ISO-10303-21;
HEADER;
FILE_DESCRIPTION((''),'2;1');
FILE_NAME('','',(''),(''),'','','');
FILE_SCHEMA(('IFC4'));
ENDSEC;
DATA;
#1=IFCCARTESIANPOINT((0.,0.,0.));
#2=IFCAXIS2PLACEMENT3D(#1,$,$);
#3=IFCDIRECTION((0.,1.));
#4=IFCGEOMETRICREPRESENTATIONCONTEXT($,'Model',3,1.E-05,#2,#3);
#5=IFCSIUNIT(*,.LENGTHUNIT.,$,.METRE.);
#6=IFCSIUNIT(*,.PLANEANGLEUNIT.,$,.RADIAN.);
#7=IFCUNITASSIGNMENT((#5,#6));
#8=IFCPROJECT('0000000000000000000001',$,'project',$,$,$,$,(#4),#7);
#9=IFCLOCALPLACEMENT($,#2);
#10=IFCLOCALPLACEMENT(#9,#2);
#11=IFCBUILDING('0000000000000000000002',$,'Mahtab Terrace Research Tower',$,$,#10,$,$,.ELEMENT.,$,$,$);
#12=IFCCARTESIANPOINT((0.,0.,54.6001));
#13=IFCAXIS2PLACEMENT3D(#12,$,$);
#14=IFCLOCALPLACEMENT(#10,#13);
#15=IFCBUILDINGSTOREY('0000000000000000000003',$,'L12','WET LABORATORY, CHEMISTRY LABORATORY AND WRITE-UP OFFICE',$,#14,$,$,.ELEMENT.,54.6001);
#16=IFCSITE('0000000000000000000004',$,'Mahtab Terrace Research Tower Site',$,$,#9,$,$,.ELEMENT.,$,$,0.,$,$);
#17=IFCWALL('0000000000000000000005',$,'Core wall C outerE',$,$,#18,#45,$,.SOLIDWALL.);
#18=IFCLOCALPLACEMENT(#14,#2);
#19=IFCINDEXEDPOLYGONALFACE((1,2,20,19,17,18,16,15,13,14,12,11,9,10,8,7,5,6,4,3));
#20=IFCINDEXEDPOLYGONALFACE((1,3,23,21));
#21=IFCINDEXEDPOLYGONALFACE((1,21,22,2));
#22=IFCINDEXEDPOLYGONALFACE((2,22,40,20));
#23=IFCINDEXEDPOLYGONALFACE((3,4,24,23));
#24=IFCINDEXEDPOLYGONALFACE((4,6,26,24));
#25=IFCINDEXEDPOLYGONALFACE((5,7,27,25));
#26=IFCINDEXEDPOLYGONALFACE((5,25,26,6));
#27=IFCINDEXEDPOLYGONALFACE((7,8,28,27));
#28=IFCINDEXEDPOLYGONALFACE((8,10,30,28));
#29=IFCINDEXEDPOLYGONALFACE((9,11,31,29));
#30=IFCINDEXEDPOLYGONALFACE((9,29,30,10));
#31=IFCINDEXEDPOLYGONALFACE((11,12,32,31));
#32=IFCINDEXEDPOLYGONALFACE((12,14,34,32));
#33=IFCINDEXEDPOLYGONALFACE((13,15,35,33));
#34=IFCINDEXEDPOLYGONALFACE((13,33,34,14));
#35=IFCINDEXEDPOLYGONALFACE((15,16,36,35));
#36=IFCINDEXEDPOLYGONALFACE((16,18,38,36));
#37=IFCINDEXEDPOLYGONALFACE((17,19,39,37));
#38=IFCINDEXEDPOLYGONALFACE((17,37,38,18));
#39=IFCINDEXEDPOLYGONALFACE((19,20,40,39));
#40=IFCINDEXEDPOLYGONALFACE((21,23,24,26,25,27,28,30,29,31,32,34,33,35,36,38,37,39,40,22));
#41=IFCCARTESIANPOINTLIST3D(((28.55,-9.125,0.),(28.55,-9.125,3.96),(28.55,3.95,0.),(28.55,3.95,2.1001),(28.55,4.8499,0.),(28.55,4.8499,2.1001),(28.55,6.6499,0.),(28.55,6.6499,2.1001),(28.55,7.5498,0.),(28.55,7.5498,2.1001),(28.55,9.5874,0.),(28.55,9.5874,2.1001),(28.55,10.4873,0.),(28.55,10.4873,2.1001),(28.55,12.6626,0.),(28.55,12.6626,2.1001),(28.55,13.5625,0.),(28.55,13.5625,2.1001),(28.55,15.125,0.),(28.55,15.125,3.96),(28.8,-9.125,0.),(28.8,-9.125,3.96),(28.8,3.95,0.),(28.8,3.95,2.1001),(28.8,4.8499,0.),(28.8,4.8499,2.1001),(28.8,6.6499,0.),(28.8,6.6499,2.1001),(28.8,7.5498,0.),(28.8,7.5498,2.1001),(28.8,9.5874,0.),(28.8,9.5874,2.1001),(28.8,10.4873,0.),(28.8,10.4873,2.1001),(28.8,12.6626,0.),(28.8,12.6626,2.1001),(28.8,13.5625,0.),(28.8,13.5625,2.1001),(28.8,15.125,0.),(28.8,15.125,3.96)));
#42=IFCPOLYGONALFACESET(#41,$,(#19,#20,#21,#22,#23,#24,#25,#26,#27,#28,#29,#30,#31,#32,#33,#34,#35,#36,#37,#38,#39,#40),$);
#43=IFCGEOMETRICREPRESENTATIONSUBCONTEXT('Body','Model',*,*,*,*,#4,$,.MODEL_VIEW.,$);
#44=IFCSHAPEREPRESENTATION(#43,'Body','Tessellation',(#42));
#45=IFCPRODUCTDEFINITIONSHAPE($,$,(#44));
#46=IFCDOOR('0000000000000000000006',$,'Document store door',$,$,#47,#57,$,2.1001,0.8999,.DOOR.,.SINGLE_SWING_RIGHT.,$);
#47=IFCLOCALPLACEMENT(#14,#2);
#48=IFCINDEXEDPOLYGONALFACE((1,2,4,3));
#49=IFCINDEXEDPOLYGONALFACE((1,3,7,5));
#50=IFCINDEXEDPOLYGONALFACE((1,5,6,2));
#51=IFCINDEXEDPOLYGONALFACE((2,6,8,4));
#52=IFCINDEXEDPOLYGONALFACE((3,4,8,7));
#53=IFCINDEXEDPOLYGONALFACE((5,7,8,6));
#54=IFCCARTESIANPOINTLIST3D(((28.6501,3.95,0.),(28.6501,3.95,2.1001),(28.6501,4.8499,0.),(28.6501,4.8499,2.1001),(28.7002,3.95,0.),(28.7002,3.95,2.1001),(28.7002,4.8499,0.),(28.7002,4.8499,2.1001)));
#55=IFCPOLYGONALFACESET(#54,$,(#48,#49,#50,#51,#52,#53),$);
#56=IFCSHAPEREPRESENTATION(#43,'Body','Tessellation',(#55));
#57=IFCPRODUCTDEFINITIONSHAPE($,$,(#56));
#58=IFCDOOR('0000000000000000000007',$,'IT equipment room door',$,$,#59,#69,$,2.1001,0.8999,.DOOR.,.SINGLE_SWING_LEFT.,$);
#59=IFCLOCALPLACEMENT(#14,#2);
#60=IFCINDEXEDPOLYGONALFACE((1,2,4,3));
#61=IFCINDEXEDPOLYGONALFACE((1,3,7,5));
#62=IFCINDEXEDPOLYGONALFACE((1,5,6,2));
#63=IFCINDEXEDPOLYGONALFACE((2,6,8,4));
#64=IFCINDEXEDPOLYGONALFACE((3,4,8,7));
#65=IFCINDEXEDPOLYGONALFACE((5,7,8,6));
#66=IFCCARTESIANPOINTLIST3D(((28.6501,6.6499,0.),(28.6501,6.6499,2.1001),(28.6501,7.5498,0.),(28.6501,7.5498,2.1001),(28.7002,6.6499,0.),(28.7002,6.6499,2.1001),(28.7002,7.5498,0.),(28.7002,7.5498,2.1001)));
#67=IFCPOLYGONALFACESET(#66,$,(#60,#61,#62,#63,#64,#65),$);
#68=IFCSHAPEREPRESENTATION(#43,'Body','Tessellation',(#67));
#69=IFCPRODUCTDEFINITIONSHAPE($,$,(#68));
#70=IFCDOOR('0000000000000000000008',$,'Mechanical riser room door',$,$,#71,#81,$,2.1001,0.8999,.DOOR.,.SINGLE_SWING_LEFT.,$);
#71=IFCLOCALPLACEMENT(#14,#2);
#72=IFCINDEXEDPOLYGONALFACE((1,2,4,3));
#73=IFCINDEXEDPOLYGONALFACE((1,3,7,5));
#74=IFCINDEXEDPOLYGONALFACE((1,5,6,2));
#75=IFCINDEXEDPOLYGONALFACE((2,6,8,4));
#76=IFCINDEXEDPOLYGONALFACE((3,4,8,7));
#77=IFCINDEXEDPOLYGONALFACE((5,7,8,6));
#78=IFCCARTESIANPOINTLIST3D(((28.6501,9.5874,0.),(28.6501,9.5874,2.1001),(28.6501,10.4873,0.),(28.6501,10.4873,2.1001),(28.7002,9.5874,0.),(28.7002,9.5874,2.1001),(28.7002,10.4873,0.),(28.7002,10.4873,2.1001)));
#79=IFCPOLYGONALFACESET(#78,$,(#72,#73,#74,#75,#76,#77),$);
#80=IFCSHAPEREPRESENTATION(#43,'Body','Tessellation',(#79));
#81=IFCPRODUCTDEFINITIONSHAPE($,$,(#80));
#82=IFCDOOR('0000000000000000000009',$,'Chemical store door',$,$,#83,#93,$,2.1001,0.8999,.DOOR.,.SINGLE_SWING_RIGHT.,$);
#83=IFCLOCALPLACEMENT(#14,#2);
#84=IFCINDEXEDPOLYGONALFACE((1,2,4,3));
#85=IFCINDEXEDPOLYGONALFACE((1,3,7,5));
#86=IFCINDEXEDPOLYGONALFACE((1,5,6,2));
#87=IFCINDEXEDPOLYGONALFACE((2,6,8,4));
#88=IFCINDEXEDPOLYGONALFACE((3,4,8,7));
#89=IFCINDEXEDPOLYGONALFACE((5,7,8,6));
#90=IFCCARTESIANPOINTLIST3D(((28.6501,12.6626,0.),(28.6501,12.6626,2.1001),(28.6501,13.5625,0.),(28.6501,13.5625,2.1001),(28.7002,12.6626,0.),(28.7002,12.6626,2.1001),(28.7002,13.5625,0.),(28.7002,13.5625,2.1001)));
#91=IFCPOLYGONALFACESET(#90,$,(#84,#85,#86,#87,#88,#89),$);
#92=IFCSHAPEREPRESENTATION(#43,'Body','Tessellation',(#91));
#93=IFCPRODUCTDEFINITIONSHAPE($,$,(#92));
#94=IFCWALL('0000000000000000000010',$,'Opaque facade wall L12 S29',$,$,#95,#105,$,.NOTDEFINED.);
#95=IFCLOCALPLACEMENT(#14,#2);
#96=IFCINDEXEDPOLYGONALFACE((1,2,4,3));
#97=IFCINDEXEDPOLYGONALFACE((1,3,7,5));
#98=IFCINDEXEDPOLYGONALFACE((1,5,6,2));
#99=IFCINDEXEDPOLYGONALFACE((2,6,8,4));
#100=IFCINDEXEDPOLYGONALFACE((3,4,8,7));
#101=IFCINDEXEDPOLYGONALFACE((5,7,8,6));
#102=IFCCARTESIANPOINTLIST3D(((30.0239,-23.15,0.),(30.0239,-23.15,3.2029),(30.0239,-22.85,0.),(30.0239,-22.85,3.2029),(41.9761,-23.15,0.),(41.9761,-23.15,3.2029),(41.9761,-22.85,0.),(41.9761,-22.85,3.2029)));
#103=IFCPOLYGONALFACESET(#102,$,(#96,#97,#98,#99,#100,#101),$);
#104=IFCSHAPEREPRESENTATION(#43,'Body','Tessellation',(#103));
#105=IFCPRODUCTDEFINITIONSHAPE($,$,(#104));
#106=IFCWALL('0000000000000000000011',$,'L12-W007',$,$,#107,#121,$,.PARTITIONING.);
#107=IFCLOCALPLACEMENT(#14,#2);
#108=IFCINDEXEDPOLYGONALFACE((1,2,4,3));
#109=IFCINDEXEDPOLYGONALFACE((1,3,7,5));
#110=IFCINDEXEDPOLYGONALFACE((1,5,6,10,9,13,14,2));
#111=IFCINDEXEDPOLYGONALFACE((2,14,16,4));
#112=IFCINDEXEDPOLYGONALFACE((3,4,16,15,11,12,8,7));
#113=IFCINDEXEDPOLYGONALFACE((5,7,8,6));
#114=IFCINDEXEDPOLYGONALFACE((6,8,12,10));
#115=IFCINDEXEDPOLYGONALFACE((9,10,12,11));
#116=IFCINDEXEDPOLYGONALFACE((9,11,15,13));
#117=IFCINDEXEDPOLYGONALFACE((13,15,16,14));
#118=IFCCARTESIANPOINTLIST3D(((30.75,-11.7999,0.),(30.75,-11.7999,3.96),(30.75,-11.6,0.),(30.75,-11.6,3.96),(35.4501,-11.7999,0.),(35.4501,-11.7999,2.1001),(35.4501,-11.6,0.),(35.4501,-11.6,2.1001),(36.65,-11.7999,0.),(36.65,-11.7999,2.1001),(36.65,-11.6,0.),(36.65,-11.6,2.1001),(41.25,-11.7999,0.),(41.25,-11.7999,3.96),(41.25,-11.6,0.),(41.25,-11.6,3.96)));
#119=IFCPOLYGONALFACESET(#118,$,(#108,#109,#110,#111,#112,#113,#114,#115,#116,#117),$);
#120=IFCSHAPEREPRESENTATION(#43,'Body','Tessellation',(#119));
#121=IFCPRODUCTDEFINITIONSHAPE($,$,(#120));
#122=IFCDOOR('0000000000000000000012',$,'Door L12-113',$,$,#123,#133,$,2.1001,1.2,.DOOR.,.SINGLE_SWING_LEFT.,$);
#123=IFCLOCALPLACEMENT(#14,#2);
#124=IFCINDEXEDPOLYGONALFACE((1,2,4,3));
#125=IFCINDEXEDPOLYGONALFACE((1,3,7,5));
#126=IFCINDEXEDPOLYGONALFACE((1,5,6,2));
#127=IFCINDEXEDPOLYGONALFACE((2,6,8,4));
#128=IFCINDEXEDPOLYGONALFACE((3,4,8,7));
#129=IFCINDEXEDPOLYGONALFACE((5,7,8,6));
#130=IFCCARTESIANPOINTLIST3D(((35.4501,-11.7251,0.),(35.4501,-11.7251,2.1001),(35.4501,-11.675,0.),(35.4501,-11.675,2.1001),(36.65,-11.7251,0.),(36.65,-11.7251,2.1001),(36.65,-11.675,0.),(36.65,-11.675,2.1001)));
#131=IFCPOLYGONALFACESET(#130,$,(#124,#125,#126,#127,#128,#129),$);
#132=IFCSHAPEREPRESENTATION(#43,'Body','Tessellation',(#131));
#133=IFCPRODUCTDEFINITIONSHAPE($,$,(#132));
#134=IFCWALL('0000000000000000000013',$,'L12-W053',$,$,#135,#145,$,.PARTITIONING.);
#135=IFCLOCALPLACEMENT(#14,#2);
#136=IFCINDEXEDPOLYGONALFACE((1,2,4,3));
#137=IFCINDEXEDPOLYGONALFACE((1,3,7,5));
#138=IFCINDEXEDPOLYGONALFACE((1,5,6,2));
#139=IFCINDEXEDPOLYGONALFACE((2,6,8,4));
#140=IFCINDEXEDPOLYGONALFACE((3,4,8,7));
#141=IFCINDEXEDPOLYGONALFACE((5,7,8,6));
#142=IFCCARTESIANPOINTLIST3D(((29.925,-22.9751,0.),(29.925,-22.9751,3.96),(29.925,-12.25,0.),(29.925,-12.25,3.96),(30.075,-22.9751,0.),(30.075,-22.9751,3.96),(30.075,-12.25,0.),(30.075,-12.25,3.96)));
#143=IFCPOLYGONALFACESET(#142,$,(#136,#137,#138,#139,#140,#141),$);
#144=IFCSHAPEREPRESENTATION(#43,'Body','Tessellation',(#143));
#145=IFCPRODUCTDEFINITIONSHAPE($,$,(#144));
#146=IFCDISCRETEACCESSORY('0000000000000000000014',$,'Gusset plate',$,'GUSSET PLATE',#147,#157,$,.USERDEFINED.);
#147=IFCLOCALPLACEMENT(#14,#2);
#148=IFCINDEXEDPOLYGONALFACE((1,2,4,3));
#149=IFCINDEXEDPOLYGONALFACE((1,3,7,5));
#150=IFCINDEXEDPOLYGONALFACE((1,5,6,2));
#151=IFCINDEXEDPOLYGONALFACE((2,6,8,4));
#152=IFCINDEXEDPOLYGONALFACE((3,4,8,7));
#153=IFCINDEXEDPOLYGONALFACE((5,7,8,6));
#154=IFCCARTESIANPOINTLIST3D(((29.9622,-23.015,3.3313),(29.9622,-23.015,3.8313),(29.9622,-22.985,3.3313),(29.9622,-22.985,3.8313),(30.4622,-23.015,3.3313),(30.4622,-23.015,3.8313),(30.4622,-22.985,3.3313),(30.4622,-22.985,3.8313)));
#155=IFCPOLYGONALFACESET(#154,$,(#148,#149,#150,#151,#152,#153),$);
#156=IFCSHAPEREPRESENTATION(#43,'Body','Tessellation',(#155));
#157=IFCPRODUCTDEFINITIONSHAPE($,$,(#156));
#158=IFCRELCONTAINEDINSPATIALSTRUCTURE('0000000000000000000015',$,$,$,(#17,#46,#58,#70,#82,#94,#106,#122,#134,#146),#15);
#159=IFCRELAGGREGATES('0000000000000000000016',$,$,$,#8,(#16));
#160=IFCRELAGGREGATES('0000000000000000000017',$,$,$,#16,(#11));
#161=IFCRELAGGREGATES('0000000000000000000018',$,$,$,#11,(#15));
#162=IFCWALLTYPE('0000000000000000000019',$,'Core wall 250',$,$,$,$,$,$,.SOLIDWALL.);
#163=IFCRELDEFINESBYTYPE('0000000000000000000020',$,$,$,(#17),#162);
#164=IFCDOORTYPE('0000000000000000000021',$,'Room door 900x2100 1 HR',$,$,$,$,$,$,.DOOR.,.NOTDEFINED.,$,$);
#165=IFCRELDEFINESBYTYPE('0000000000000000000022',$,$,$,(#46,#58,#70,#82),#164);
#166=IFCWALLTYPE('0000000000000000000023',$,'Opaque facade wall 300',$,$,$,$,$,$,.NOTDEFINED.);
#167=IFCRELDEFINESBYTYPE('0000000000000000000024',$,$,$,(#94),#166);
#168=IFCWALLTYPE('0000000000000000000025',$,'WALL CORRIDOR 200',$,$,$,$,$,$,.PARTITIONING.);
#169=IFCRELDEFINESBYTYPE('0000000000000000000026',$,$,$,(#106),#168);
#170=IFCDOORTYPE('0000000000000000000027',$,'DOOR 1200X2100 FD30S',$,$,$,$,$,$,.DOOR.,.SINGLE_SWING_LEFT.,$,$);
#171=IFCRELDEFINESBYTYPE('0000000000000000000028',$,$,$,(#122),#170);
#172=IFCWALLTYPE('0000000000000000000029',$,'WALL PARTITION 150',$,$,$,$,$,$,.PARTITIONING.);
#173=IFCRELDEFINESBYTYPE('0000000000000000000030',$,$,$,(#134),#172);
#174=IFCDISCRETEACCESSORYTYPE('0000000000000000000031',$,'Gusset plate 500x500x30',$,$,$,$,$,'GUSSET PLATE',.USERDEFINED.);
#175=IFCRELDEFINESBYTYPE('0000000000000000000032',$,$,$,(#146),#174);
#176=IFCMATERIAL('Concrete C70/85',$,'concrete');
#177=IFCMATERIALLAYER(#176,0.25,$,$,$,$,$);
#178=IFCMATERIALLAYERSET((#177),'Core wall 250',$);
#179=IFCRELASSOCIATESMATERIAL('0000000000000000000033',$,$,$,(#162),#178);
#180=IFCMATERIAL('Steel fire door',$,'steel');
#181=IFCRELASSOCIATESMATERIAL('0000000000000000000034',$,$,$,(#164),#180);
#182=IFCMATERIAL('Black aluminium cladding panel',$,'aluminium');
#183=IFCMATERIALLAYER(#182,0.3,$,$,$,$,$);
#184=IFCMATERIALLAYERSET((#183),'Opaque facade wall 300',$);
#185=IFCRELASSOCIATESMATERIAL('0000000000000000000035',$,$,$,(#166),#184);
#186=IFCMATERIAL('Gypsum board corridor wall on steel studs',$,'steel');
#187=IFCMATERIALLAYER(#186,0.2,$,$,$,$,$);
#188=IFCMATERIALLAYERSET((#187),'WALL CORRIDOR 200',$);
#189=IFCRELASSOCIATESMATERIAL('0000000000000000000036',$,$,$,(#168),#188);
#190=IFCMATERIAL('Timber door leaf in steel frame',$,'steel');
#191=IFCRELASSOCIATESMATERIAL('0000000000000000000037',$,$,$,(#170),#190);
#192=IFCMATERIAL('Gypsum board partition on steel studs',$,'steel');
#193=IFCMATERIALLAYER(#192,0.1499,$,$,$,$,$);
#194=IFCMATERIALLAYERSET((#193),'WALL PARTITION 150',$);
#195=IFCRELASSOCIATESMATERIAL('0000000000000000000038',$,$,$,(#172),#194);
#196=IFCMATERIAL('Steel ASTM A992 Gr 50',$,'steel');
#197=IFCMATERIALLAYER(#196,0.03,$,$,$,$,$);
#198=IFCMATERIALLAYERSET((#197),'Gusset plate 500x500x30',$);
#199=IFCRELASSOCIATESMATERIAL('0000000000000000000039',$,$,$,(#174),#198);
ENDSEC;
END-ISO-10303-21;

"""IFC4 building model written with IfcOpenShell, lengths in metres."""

from ifc_helpers import new_model, si_unit, direction, frame, frame_2d, origin, origin_2d, place, context, subcontext, project, spatial, rectangle, extrude, material, layer, layer_set, type_object, element, fill, save


model = new_model("IFC4")

# Units and contexts
model_context = context("Model", 3, precision=1e-05, world=origin(), true_north=direction((0.0, 1.0)))
body_context = subcontext(model_context, "Body", "Model", "MODEL_VIEW")
ifc_project = project(units=[si_unit("LENGTHUNIT", "METRE"), si_unit("PLANEANGLEUNIT", "RADIAN")], contexts=[model_context])

# Site, building, storey
site_placement = place(None, origin())
site = spatial("IfcSite", under=ifc_project, at=site_placement, Name="Mahtab Terrace Research Tower Site", CompositionType="ELEMENT", RefElevation=0.0)
building_placement = place(site_placement, origin())
building = spatial("IfcBuilding", under=site, at=building_placement, Name="Mahtab Terrace Research Tower", CompositionType="ELEMENT")
storey_placement = place(building_placement, frame((0.0, 0.0, 54.6001)))
storey = spatial("IfcBuildingStorey", under=building, at=storey_placement, Name="L12", Description="WET LABORATORY, CHEMISTRY LABORATORY AND WRITE-UP OFFICE", CompositionType="ELEMENT", Elevation=54.6001)

# Shared definitions
ifc_material_1 = material(Name="Concrete C70/85", Category="concrete")
ifc_material_2 = material(Name="Steel ASTM A992 Gr 50", Category="steel")

# Wall, openings, doors
ifc_layer_1 = layer(ifc_material_1, 0.25)
ifc_layer_set_1 = layer_set([ifc_layer_1], Name="Core wall 250")
wall_type_1 = type_object("IfcWallType", Name="Core wall 250", PredefinedType="SOLIDWALL", material=ifc_layer_set_1)
wall_1_placement = place(storey_placement, frame((28.675, -9.125, 0.0), z_axis=(0.0, 0.0, 1.0), x_axis=(0.0, 1.0, 0.0)))
wall_1 = element("IfcWall", 1, at=wall_1_placement, inside=storey, type_object=wall_type_1, Name="Core wall C outerE", PredefinedType="SOLIDWALL", context=body_context, shape_type="SweptSolid", body=[
    extrude(rectangle(XDim=24.25, YDim=0.25, at=frame_2d((12.125, 0.0))), origin(), (0.0, 0.0, 1.0), 3.96),
])
opening_1_placement = place(wall_1_placement, frame((13.075, 0.0, 0.0)))
opening_1 = element("IfcOpeningElement", 2, at=opening_1_placement, cuts=wall_1, PredefinedType="OPENING", context=body_context, shape_type="SweptSolid", body=[
    extrude(rectangle(XDim=0.8999, YDim=2.1001, at=frame_2d((0.45, 1.05))), frame((0.0, 0.135, 0.0), z_axis=(0.0, -1.0, 0.0), x_axis=(1.0, 0.0, 0.0)), (0.0, 0.0, 1.0), 0.27),
])
opening_2_placement = place(wall_1_placement, frame((15.7749, 0.0, 0.0)))
opening_2 = element("IfcOpeningElement", 3, at=opening_2_placement, cuts=wall_1, PredefinedType="OPENING", context=body_context, shape_type="SweptSolid", body=[
    extrude(rectangle(XDim=0.8999, YDim=2.1001, at=frame_2d((0.45, 1.05))), frame((0.0, 0.135, 0.0), z_axis=(0.0, -1.0, 0.0), x_axis=(1.0, 0.0, 0.0)), (0.0, 0.0, 1.0), 0.27),
])
opening_3_placement = place(wall_1_placement, frame((18.7124, 0.0, 0.0)))
opening_3 = element("IfcOpeningElement", 4, at=opening_3_placement, cuts=wall_1, PredefinedType="OPENING", context=body_context, shape_type="SweptSolid", body=[
    extrude(rectangle(XDim=0.8999, YDim=2.1001, at=frame_2d((0.45, 1.05))), frame((0.0, 0.135, 0.0), z_axis=(0.0, -1.0, 0.0), x_axis=(1.0, 0.0, 0.0)), (0.0, 0.0, 1.0), 0.27),
])
opening_4_placement = place(wall_1_placement, frame((21.7876, 0.0, 0.0)))
opening_4 = element("IfcOpeningElement", 5, at=opening_4_placement, cuts=wall_1, PredefinedType="OPENING", context=body_context, shape_type="SweptSolid", body=[
    extrude(rectangle(XDim=0.8999, YDim=2.1001, at=frame_2d((0.45, 1.05))), frame((0.0, 0.135, 0.0), z_axis=(0.0, -1.0, 0.0), x_axis=(1.0, 0.0, 0.0)), (0.0, 0.0, 1.0), 0.27),
])
ifc_material_3 = material(Name="Steel fire door", Category="steel")
door_type_1 = type_object("IfcDoorType", Name="Room door 900x2100 1 HR", OperationType="NOTDEFINED", PredefinedType="DOOR", material=ifc_material_3)
door_1_placement = place(opening_1_placement, origin())
door_1 = element("IfcDoor", 6, at=door_1_placement, inside=storey, type_object=door_type_1, Name="Document store door", OperationType="SINGLE_SWING_RIGHT", OverallHeight=2.1001, OverallWidth=0.8999, PredefinedType="DOOR", context=body_context, shape_type="SweptSolid", body=[
    extrude(rectangle(XDim=0.8999, YDim=2.1001, at=frame_2d((0.45, 1.05))), frame((0.0, 0.0249, 0.0), z_axis=(0.0, -1.0, 0.0), x_axis=(1.0, 0.0, 0.0)), (0.0, 0.0, 1.0), 0.05),
])
fill(opening_1, door_1)
door_2_placement = place(opening_2_placement, origin())
door_2 = element("IfcDoor", 7, at=door_2_placement, inside=storey, type_object=door_type_1, Name="IT equipment room door", OperationType="SINGLE_SWING_LEFT", OverallHeight=2.1001, OverallWidth=0.8999, PredefinedType="DOOR", context=body_context, shape_type="SweptSolid", body=[
    extrude(rectangle(XDim=0.8999, YDim=2.1001, at=frame_2d((0.45, 1.05))), frame((0.0, 0.0249, 0.0), z_axis=(0.0, -1.0, 0.0), x_axis=(1.0, 0.0, 0.0)), (0.0, 0.0, 1.0), 0.05),
])
fill(opening_2, door_2)
door_3_placement = place(opening_3_placement, origin())
door_3 = element("IfcDoor", 8, at=door_3_placement, inside=storey, type_object=door_type_1, Name="Mechanical riser room door", OperationType="SINGLE_SWING_LEFT", OverallHeight=2.1001, OverallWidth=0.8999, PredefinedType="DOOR", context=body_context, shape_type="SweptSolid", body=[
    extrude(rectangle(XDim=0.8999, YDim=2.1001, at=frame_2d((0.45, 1.05))), frame((0.0, 0.0249, 0.0), z_axis=(0.0, -1.0, 0.0), x_axis=(1.0, 0.0, 0.0)), (0.0, 0.0, 1.0), 0.05),
])
fill(opening_3, door_3)
door_4_placement = place(opening_4_placement, origin())
door_4 = element("IfcDoor", 9, at=door_4_placement, inside=storey, type_object=door_type_1, Name="Chemical store door", OperationType="SINGLE_SWING_RIGHT", OverallHeight=2.1001, OverallWidth=0.8999, PredefinedType="DOOR", context=body_context, shape_type="SweptSolid", body=[
    extrude(rectangle(XDim=0.8999, YDim=2.1001, at=frame_2d((0.45, 1.05))), frame((0.0, 0.0249, 0.0), z_axis=(0.0, -1.0, 0.0), x_axis=(1.0, 0.0, 0.0)), (0.0, 0.0, 1.0), 0.05),
])
fill(opening_4, door_4)

# Wall
ifc_material_4 = material(Name="Black aluminium cladding panel", Category="aluminium")
ifc_layer_2 = layer(ifc_material_4, 0.3)
ifc_layer_set_2 = layer_set([ifc_layer_2], Name="Opaque facade wall 300")
wall_type_2 = type_object("IfcWallType", Name="Opaque facade wall 300", PredefinedType="NOTDEFINED", material=ifc_layer_set_2)
wall_2_placement = place(storey_placement, frame((30.0239, -23.0, 0.0), z_axis=(0.0, 0.0, 1.0), x_axis=(1.0, 0.0, 0.0)))
element("IfcWall", 10, at=wall_2_placement, inside=storey, type_object=wall_type_2, Name="Opaque facade wall L12 S29", PredefinedType="NOTDEFINED", context=body_context, shape_type="SweptSolid", body=[
    extrude(rectangle(XDim=11.9521, YDim=0.3, at=frame_2d((5.9761, 0.0))), origin(), (0.0, 0.0, 1.0), 3.2029),
])

# Wall, opening, door
ifc_material_5 = material(Name="Gypsum board corridor wall on steel studs", Category="steel")
ifc_layer_3 = layer(ifc_material_5, 0.2)
ifc_layer_set_3 = layer_set([ifc_layer_3], Name="WALL CORRIDOR 200")
wall_type_3 = type_object("IfcWallType", Name="WALL CORRIDOR 200", PredefinedType="PARTITIONING", material=ifc_layer_set_3)
wall_3_placement = place(storey_placement, frame((30.75, -11.7, 0.0), z_axis=(0.0, 0.0, 1.0), x_axis=(1.0, 0.0, 0.0)))
wall_3 = element("IfcWall", 11, at=wall_3_placement, inside=storey, type_object=wall_type_3, Name="L12-W007", PredefinedType="PARTITIONING", context=body_context, shape_type="SweptSolid", body=[
    extrude(rectangle(XDim=10.5, YDim=0.2, at=frame_2d((5.25, 0.0))), origin(), (0.0, 0.0, 1.0), 3.96),
])
opening_5_placement = place(wall_3_placement, frame((4.7, 0.0, 0.0)))
opening_5 = element("IfcOpeningElement", 12, at=opening_5_placement, cuts=wall_3, PredefinedType="OPENING", context=body_context, shape_type="SweptSolid", body=[
    extrude(rectangle(XDim=1.2, YDim=2.1001, at=frame_2d((0.6001, 1.05))), frame((0.0, 0.1099, 0.0), z_axis=(0.0, -1.0, 0.0), x_axis=(1.0, 0.0, 0.0)), (0.0, 0.0, 1.0), 0.22),
])
ifc_material_6 = material(Name="Timber door leaf in steel frame", Category="steel")
door_type_2 = type_object("IfcDoorType", Name="DOOR 1200X2100 FD30S", OperationType="SINGLE_SWING_LEFT", PredefinedType="DOOR", material=ifc_material_6)
door_5_placement = place(opening_5_placement, origin())
door_5 = element("IfcDoor", 13, at=door_5_placement, inside=storey, type_object=door_type_2, Name="Door L12-113", OperationType="SINGLE_SWING_LEFT", OverallHeight=2.1001, OverallWidth=1.2, PredefinedType="DOOR", context=body_context, shape_type="SweptSolid", body=[
    extrude(rectangle(XDim=1.2, YDim=2.1001, at=frame_2d((0.6001, 1.05))), frame((0.0, 0.0249, 0.0), z_axis=(0.0, -1.0, 0.0), x_axis=(1.0, 0.0, 0.0)), (0.0, 0.0, 1.0), 0.05),
])
fill(opening_5, door_5)

# Wall
ifc_material_7 = material(Name="Gypsum board partition on steel studs", Category="steel")
ifc_layer_4 = layer(ifc_material_7, 0.1499)
ifc_layer_set_4 = layer_set([ifc_layer_4], Name="WALL PARTITION 150")
wall_type_4 = type_object("IfcWallType", Name="WALL PARTITION 150", PredefinedType="PARTITIONING", material=ifc_layer_set_4)
wall_4_placement = place(storey_placement, frame((30.0, -22.9751, 0.0), z_axis=(0.0, 0.0, 1.0), x_axis=(0.0, 1.0, 0.0)))
element("IfcWall", 14, at=wall_4_placement, inside=storey, type_object=wall_type_4, Name="L12-W053", PredefinedType="PARTITIONING", context=body_context, shape_type="SweptSolid", body=[
    extrude(rectangle(XDim=10.7251, YDim=0.1499, at=frame_2d((5.3625, 0.0))), origin(), (0.0, 0.0, 1.0), 3.96),
])

# Discrete accessory
ifc_layer_5 = layer(ifc_material_2, 0.03)
ifc_layer_set_5 = layer_set([ifc_layer_5], Name="Gusset plate 500x500x30")
discrete_accessory_type = type_object("IfcDiscreteAccessoryType", Name="Gusset plate 500x500x30", ElementType="GUSSET PLATE", PredefinedType="USERDEFINED", material=ifc_layer_set_5)
for number, where, z_axis, x_axis, name in (
    (15, (30.2122, -23.0, 3.3313), (0.0, 0.0, 1.0), (1.0, 0.0, 0.0), "Gusset plate"),
):
    element("IfcDiscreteAccessory", number, at=place(storey_placement, frame(where, z_axis=z_axis, x_axis=x_axis)), inside=storey, type_object=discrete_accessory_type, Name=name, ObjectType="GUSSET PLATE", PredefinedType="USERDEFINED", context=body_context, shape_type="SweptSolid", body=[
        extrude(rectangle(XDim=0.5, YDim=0.03, at=origin_2d()), origin(), (0.0, 0.0, 1.0), 0.5),
    ])

save(model, "model.ifc")
